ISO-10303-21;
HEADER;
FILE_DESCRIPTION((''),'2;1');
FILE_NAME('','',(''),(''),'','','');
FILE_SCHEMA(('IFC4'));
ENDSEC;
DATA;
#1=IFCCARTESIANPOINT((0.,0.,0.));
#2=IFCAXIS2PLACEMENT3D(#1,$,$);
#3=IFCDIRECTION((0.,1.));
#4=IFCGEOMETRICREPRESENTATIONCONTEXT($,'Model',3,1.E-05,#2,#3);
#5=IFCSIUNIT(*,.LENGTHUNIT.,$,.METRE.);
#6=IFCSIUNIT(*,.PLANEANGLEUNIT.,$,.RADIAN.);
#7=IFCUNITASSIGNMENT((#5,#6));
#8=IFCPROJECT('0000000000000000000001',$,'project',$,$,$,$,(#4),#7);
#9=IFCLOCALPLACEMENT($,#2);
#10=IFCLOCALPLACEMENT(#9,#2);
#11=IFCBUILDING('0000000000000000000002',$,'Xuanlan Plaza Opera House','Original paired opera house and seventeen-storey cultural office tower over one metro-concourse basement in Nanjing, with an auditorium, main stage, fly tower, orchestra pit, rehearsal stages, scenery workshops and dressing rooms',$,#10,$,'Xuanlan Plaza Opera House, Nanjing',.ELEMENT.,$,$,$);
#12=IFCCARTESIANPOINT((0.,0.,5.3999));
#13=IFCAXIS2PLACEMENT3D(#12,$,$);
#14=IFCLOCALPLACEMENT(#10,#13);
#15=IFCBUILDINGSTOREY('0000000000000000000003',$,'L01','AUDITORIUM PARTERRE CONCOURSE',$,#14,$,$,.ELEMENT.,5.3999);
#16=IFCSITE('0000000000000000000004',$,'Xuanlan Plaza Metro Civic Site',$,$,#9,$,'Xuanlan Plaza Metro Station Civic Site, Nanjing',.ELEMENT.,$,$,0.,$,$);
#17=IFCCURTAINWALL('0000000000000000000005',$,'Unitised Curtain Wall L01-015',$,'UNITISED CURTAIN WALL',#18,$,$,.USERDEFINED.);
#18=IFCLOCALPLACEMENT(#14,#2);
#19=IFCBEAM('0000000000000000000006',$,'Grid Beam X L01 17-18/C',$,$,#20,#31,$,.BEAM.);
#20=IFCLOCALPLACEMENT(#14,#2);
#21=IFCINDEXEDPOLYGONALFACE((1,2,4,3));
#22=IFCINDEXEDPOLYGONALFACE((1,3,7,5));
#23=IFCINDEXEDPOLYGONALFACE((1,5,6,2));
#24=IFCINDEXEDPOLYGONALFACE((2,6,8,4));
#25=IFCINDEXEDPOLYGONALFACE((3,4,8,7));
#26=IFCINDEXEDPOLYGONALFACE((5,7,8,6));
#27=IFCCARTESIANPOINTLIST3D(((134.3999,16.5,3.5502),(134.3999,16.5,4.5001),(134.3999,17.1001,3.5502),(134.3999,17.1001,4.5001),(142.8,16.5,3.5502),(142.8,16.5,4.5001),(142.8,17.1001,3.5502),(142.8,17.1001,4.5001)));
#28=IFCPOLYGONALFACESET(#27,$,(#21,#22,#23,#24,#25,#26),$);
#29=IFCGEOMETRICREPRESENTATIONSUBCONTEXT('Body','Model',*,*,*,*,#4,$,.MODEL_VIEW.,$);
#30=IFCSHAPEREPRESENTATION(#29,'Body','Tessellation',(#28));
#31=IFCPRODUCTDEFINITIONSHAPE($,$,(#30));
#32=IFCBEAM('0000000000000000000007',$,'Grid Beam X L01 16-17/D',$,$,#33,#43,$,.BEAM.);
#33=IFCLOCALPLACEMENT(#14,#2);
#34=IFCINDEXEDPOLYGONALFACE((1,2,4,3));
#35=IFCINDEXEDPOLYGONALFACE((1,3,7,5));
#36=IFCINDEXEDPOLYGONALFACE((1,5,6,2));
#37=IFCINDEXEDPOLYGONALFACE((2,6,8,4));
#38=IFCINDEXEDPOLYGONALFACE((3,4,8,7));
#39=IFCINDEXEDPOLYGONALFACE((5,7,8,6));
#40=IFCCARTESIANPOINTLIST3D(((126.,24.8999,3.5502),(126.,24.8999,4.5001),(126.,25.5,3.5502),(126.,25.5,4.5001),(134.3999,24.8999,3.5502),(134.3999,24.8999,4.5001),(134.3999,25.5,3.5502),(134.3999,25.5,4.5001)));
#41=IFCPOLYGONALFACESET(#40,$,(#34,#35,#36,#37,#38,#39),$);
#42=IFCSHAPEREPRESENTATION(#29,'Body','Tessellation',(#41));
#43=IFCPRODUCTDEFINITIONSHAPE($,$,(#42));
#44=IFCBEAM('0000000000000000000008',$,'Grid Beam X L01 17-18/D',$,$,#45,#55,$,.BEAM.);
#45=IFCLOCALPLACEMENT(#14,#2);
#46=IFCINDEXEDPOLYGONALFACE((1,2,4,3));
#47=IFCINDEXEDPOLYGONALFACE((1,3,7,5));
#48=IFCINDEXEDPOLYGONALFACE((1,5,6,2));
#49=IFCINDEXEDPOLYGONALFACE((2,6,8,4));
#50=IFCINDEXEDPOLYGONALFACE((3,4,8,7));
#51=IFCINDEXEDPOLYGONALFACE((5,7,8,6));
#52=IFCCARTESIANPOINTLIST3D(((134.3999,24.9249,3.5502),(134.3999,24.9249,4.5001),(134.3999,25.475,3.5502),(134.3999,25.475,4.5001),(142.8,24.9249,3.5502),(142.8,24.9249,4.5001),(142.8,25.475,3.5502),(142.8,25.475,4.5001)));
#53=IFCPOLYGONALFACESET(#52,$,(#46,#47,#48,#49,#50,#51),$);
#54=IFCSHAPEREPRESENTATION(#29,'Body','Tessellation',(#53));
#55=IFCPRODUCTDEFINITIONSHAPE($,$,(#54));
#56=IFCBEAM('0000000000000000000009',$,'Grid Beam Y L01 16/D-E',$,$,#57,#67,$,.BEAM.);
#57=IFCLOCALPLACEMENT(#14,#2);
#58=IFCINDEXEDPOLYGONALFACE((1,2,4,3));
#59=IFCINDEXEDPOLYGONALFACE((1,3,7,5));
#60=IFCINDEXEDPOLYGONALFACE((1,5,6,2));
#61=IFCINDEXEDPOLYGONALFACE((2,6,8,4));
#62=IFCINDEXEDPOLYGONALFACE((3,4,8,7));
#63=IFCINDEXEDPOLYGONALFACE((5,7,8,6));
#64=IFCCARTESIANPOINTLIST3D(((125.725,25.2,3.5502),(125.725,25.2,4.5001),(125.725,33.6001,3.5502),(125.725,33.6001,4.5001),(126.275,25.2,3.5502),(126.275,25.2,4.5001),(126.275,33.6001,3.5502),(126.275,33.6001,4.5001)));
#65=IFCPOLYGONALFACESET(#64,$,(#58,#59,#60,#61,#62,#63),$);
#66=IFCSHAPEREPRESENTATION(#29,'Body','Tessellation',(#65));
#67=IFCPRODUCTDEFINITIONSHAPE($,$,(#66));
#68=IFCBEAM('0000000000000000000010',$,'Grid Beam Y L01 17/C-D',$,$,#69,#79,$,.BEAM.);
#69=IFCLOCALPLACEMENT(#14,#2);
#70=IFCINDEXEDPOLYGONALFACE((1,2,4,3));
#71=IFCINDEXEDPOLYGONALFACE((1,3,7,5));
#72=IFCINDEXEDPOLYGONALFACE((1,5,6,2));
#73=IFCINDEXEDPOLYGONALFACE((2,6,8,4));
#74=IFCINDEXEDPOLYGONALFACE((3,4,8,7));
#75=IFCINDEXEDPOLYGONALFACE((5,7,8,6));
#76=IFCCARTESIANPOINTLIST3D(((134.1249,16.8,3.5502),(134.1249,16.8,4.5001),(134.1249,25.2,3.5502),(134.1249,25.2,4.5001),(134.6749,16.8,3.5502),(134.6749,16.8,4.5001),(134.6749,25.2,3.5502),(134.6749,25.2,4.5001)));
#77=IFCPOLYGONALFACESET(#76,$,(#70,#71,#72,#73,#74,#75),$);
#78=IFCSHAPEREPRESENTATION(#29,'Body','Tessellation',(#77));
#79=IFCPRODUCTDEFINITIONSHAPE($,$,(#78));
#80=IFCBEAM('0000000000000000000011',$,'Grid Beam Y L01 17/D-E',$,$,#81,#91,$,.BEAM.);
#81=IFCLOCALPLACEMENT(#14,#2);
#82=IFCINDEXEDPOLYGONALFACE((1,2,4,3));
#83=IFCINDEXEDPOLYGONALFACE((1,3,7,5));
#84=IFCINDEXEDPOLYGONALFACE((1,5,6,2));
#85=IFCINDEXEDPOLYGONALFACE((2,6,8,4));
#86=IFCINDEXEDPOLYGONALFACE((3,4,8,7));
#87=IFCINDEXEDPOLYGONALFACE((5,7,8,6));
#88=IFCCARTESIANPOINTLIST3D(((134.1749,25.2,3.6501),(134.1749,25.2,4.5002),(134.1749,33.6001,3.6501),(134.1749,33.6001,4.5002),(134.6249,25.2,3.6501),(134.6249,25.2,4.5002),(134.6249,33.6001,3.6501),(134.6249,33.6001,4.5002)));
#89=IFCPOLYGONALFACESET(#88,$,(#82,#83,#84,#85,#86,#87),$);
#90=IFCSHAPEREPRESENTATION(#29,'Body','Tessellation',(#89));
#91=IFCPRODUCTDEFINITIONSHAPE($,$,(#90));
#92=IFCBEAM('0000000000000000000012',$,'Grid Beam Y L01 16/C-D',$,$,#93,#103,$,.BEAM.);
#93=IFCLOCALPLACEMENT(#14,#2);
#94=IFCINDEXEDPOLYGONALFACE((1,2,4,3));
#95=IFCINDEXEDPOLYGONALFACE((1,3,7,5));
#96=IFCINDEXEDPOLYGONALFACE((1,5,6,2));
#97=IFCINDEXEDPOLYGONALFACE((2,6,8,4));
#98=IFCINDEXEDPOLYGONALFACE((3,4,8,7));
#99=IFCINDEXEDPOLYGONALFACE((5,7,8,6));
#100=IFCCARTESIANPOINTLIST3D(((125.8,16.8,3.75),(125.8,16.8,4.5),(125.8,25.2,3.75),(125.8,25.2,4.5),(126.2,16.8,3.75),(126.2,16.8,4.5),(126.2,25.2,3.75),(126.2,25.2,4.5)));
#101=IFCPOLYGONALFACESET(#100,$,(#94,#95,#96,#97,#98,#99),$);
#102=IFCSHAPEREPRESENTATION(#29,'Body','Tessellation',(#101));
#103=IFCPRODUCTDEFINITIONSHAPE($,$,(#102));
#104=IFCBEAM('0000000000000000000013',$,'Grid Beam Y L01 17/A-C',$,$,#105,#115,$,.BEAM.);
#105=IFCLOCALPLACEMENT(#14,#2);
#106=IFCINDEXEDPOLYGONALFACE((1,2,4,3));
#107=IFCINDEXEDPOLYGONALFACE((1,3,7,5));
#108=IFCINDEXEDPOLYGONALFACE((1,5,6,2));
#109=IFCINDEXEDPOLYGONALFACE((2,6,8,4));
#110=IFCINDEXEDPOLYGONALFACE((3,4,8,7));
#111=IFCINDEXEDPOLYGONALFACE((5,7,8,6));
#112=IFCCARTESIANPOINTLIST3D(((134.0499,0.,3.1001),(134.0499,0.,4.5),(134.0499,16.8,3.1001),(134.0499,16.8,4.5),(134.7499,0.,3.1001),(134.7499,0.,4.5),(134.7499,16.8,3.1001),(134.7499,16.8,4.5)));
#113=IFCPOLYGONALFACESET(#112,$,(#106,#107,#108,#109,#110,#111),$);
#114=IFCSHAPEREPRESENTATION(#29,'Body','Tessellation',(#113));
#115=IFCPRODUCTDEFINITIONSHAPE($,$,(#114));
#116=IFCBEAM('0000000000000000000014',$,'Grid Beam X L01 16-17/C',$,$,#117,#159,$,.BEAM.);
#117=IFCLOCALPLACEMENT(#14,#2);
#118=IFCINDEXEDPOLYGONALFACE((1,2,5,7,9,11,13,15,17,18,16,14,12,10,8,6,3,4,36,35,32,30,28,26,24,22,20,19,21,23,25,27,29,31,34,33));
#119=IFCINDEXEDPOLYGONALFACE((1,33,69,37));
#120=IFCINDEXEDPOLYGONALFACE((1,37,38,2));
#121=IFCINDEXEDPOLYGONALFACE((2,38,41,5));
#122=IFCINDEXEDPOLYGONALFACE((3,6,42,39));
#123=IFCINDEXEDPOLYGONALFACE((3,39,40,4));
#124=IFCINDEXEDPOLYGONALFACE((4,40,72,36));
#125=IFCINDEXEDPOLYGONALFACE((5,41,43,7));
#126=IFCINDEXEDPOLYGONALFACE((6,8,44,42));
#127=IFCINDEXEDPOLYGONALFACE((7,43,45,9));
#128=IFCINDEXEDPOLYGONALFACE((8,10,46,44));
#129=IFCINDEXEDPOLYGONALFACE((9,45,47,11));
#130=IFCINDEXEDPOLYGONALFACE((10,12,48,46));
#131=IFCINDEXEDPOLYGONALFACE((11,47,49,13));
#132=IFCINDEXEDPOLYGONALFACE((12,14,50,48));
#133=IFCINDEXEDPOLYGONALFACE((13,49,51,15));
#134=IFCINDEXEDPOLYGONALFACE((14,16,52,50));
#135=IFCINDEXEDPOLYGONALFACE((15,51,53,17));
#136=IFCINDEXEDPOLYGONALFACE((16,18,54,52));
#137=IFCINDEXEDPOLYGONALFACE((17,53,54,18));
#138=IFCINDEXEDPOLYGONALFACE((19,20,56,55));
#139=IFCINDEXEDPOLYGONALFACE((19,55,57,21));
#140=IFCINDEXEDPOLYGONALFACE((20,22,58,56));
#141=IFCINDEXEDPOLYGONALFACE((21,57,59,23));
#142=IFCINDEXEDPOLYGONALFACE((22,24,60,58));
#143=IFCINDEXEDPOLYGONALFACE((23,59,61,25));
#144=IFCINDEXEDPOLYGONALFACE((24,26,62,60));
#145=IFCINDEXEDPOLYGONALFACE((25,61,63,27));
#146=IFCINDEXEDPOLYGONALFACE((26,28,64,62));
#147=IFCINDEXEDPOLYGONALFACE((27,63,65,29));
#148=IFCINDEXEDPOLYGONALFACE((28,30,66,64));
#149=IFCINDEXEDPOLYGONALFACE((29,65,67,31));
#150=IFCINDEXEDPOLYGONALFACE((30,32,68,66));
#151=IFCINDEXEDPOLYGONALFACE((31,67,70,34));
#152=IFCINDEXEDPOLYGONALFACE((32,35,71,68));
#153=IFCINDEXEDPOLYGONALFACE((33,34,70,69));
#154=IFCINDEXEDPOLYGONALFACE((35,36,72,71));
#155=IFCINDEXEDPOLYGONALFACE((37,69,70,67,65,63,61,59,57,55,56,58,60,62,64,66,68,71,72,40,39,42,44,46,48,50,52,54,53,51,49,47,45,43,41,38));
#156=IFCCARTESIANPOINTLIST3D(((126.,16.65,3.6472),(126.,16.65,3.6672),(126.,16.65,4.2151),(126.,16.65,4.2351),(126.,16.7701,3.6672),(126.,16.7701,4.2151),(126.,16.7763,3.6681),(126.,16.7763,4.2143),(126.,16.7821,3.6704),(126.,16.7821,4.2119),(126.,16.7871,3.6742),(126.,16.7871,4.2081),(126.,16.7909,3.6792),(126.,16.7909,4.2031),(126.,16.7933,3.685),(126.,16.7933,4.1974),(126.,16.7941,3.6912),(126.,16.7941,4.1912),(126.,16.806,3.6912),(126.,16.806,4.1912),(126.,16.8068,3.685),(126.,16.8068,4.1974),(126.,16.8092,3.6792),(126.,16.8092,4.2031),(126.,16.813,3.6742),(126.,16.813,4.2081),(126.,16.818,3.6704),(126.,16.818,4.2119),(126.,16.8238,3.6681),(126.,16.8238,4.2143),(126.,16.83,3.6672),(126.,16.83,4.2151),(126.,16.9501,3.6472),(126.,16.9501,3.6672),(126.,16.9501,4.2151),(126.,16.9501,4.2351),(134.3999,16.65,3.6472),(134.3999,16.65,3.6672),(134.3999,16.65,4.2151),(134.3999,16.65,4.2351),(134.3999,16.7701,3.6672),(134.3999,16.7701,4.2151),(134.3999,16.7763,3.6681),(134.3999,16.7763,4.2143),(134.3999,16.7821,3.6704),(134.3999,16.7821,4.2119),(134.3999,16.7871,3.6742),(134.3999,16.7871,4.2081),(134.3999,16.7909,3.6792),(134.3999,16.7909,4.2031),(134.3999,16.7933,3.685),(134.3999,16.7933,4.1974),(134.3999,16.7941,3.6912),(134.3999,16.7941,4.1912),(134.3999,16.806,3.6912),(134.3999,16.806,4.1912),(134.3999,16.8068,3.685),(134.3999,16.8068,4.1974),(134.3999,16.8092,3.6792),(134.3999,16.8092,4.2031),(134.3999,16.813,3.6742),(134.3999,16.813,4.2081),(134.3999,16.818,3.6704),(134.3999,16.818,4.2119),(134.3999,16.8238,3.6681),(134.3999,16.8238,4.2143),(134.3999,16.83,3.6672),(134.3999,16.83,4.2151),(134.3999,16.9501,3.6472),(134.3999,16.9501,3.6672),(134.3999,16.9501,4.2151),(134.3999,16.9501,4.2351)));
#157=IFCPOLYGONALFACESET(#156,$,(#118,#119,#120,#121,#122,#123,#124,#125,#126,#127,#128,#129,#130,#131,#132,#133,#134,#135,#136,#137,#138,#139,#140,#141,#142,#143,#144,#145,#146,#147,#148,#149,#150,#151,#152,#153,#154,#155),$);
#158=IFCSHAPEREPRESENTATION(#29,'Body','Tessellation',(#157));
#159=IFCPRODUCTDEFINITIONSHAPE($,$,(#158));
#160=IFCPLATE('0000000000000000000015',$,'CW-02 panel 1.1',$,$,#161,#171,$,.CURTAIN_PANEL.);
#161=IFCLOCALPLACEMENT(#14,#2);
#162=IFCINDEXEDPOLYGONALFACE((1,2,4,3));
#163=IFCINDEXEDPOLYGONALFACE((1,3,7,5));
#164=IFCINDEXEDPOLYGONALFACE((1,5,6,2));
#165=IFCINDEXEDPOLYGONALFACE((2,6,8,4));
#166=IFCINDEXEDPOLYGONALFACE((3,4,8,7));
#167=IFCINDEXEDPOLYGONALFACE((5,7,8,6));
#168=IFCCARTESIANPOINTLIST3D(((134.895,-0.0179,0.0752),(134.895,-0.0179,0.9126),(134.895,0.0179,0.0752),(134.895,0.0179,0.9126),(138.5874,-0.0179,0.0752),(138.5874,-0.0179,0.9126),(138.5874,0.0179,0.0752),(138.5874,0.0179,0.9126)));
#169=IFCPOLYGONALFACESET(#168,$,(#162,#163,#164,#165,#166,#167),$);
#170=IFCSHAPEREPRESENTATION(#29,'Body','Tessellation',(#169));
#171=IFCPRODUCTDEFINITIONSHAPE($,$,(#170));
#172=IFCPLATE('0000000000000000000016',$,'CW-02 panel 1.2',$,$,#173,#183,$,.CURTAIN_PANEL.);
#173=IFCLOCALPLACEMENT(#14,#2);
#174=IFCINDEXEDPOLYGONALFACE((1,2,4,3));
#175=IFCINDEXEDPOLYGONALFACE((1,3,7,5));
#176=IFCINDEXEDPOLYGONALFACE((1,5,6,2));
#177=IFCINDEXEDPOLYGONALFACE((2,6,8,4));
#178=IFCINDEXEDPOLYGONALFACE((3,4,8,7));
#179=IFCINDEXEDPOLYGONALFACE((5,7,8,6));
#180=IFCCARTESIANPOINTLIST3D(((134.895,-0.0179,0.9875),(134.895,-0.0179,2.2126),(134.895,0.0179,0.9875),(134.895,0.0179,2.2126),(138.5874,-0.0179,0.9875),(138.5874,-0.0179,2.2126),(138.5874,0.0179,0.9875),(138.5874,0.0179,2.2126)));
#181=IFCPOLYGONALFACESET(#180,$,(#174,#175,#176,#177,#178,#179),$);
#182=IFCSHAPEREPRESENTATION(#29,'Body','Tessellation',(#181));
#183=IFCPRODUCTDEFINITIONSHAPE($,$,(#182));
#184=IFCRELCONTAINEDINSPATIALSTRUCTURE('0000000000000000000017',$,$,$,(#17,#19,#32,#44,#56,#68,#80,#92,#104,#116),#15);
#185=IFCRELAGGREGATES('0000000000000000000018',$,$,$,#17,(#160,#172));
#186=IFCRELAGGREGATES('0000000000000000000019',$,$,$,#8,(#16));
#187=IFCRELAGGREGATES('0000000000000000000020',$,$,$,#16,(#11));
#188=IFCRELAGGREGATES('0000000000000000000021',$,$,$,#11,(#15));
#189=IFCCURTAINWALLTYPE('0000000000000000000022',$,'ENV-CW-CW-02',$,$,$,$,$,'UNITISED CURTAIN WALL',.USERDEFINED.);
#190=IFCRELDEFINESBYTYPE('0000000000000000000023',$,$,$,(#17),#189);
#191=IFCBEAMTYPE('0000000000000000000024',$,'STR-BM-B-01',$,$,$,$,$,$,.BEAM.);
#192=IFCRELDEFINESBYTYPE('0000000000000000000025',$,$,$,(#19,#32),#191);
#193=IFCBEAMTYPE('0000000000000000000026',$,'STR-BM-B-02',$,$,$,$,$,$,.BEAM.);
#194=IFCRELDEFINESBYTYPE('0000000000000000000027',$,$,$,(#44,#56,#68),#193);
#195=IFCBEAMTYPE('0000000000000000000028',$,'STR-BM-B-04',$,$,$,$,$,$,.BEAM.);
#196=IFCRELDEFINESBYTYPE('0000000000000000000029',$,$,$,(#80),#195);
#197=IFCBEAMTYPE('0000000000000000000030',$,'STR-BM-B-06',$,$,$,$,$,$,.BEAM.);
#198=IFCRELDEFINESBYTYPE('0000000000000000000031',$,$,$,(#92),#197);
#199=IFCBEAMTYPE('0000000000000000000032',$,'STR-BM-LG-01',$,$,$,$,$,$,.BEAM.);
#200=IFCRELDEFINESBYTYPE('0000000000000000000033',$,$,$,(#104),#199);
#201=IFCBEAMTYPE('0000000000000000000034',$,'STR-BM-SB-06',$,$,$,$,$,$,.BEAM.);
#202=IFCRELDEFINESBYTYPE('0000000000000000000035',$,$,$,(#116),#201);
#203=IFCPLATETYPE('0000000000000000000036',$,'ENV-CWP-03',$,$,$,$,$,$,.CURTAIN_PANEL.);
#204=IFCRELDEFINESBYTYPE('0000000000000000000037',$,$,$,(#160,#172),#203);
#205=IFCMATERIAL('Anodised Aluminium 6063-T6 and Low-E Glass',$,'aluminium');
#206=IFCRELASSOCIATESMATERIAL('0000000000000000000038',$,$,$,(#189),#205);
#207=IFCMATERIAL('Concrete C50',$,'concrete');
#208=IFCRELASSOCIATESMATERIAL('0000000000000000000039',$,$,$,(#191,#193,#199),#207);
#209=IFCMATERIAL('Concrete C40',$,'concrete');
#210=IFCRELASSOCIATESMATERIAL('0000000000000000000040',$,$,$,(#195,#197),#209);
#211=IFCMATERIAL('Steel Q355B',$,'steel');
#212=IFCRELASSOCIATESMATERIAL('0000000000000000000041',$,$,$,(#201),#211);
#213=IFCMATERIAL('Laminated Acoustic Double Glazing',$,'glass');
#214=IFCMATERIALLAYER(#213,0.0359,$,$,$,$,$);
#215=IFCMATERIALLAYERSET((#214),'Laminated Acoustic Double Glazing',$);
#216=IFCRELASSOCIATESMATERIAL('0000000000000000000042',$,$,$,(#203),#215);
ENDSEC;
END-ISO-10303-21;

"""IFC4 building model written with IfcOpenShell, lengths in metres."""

from ifc_helpers import new_model, si_unit, direction, frame, origin, origin_2d, place, context, subcontext, project, spatial, rectangle, i_section, extrude, material, layer, layer_set, material_profile, profile_set, type_object, element, aggregate, save


model = new_model("IFC4")

# Units and contexts
model_context = context("Model", 3, precision=1e-05, world=origin(), true_north=direction((0.0, 1.0)))
body_context = subcontext(model_context, "Body", "Model", "MODEL_VIEW")
ifc_project = project(units=[si_unit("LENGTHUNIT", "METRE"), si_unit("PLANEANGLEUNIT", "RADIAN")], contexts=[model_context])

# Site, building, storey
site_placement = place(None, origin())
site = spatial("IfcSite", under=ifc_project, at=site_placement, Name="Xuanlan Plaza Metro Civic Site", LongName="Xuanlan Plaza Metro Station Civic Site, Nanjing", CompositionType="ELEMENT", RefElevation=0.0)
building_placement = place(site_placement, origin())
building = spatial("IfcBuilding", under=site, at=building_placement, Name="Xuanlan Plaza Opera House", Description="Original paired opera house and seventeen-storey cultural office tower over one metro-concourse basement in Nanjing, with an auditorium, main stage, fly tower, orchestra pit, rehearsal stages, scenery workshops and dressing rooms", LongName="Xuanlan Plaza Opera House, Nanjing", CompositionType="ELEMENT")
storey_placement = place(building_placement, frame((0.0, 0.0, 5.3999)))
storey = spatial("IfcBuildingStorey", under=building, at=storey_placement, Name="L01", Description="AUDITORIUM PARTERRE CONCOURSE", CompositionType="ELEMENT", Elevation=5.3999)

# Shared definitions
ifc_material_1 = material(Name="Concrete C40", Category="concrete")

# Curtain wall
ifc_material_2 = material(Name="Anodised Aluminium 6063-T6 and Low-E Glass", Category="aluminium")
curtain_wall_type = type_object("IfcCurtainWallType", Name="ENV-CW-CW-02", ElementType="UNITISED CURTAIN WALL", PredefinedType="USERDEFINED", material=ifc_material_2)
curtain_wall_placement = place(storey_placement, origin())
curtain_wall = element("IfcCurtainWall", 1, at=curtain_wall_placement, inside=storey, type_object=curtain_wall_type, Name="Unitised Curtain Wall L01-015", ObjectType="UNITISED CURTAIN WALL", PredefinedType="USERDEFINED")

# Beams
ifc_material_3 = material(Name="Concrete C50", Category="concrete")
ifc_material_profile_1 = material_profile(ifc_material_3, rectangle(XDim=0.6001, YDim=0.95, at=origin_2d()), Name="RC-BM 600x950")
ifc_profile_set_1 = profile_set([ifc_material_profile_1], Name="Concrete C50")
beam_type_1 = type_object("IfcBeamType", Name="STR-BM-B-01", PredefinedType="BEAM", material=ifc_profile_set_1)
beam_1_placement = place(storey_placement, frame((134.3999, 16.8, 4.0251), z_axis=(1.0, 0.0, 0.0), x_axis=(0.0, 1.0, 0.0)))
element("IfcBeam", 2, at=beam_1_placement, inside=storey, type_object=beam_type_1, Name="Grid Beam X L01 17-18/C", PredefinedType="BEAM", context=body_context, shape_type="SweptSolid", body=[
    extrude(rectangle(XDim=0.6001, YDim=0.95, at=origin_2d()), origin(), (0.0, 0.0, 1.0), 8.4001),
])
beam_2_placement = place(storey_placement, frame((126.0, 25.2, 4.0251), z_axis=(1.0, 0.0, 0.0), x_axis=(0.0, 1.0, 0.0)))
element("IfcBeam", 3, at=beam_2_placement, inside=storey, type_object=beam_type_1, Name="Grid Beam X L01 16-17/D", PredefinedType="BEAM", context=body_context, shape_type="SweptSolid", body=[
    extrude(rectangle(XDim=0.6001, YDim=0.95, at=origin_2d()), origin(), (0.0, 0.0, 1.0), 8.3999),
])
ifc_material_profile_2 = material_profile(ifc_material_3, rectangle(XDim=0.55, YDim=0.95, at=origin_2d()), Name="RC-BM 550x950")
ifc_profile_set_2 = profile_set([ifc_material_profile_2], Name="Concrete C50")
beam_type_2 = type_object("IfcBeamType", Name="STR-BM-B-02", PredefinedType="BEAM", material=ifc_profile_set_2)
for number, where, z_axis, x_axis, name in (
    (4, (134.3999, 25.2, 4.0251), (1.0, 0.0, 0.0), (0.0, 1.0, 0.0), "Grid Beam X L01 17-18/D"),
    (5, (126.0, 25.2, 4.0251), (0.0, 1.0, 0.0), (-1.0, 0.0, 0.0), "Grid Beam Y L01 16/D-E"),
):
    element("IfcBeam", number, at=place(storey_placement, frame(where, z_axis=z_axis, x_axis=x_axis)), inside=storey, type_object=beam_type_2, Name=name, PredefinedType="BEAM", context=body_context, shape_type="SweptSolid", body=[
        extrude(rectangle(XDim=0.55, YDim=0.95, at=origin_2d()), origin(), (0.0, 0.0, 1.0), 8.4001),
    ])
beam_3_placement = place(storey_placement, frame((134.3999, 16.8, 4.0251), z_axis=(0.0, 1.0, 0.0), x_axis=(-1.0, 0.0, 0.0)))
element("IfcBeam", 6, at=beam_3_placement, inside=storey, type_object=beam_type_2, Name="Grid Beam Y L01 17/C-D", PredefinedType="BEAM", context=body_context, shape_type="SweptSolid", body=[
    extrude(rectangle(XDim=0.55, YDim=0.95, at=origin_2d()), origin(), (0.0, 0.0, 1.0), 8.3999),
])
ifc_material_profile_3 = material_profile(ifc_material_1, rectangle(XDim=0.45, YDim=0.8501, at=origin_2d()), Name="RC-BM 450x850")
ifc_profile_set_3 = profile_set([ifc_material_profile_3], Name="Concrete C40")
beam_type_3 = type_object("IfcBeamType", Name="STR-BM-B-04", PredefinedType="BEAM", material=ifc_profile_set_3)
beam_4_placement = place(storey_placement, frame((134.3999, 25.2, 4.0752), z_axis=(0.0, 1.0, 0.0), x_axis=(-1.0, 0.0, 0.0)))
element("IfcBeam", 7, at=beam_4_placement, inside=storey, type_object=beam_type_3, Name="Grid Beam Y L01 17/D-E", PredefinedType="BEAM", context=body_context, shape_type="SweptSolid", body=[
    extrude(rectangle(XDim=0.45, YDim=0.8501, at=origin_2d()), origin(), (0.0, 0.0, 1.0), 8.4001),
])
ifc_material_profile_4 = material_profile(ifc_material_1, rectangle(XDim=0.3999, YDim=0.75, at=origin_2d()), Name="RC-BM 400x750")
ifc_profile_set_4 = profile_set([ifc_material_profile_4], Name="Concrete C40")
beam_type_4 = type_object("IfcBeamType", Name="STR-BM-B-06", PredefinedType="BEAM", material=ifc_profile_set_4)
beam_5_placement = place(storey_placement, frame((126.0, 16.8, 4.125), z_axis=(0.0, 1.0, 0.0), x_axis=(-1.0, 0.0, 0.0)))
element("IfcBeam", 8, at=beam_5_placement, inside=storey, type_object=beam_type_4, Name="Grid Beam Y L01 16/C-D", PredefinedType="BEAM", context=body_context, shape_type="SweptSolid", body=[
    extrude(rectangle(XDim=0.3999, YDim=0.75, at=origin_2d()), origin(), (0.0, 0.0, 1.0), 8.3999),
])
ifc_material_profile_5 = material_profile(ifc_material_3, rectangle(XDim=0.7, YDim=1.3999, at=origin_2d()), Name="RC-LG 700x1400")
ifc_profile_set_5 = profile_set([ifc_material_profile_5], Name="Concrete C50")
beam_type_5 = type_object("IfcBeamType", Name="STR-BM-LG-01", PredefinedType="BEAM", material=ifc_profile_set_5)
beam_6_placement = place(storey_placement, frame((134.3999, 0.0, 3.8), z_axis=(0.0, 1.0, 0.0), x_axis=(-1.0, 0.0, 0.0)))
element("IfcBeam", 9, at=beam_6_placement, inside=storey, type_object=beam_type_5, Name="Grid Beam Y L01 17/A-C", PredefinedType="BEAM", context=body_context, shape_type="SweptSolid", body=[
    extrude(rectangle(XDim=0.7, YDim=1.3999, at=origin_2d()), origin(), (0.0, 0.0, 1.0), 16.8),
])
ifc_material_4 = material(Name="Steel Q355B", Category="steel")
ifc_material_profile_6 = material_profile(ifc_material_4, i_section(OverallWidth=0.3, OverallDepth=0.5879, WebThickness=0.012, FlangeThickness=0.02, FilletRadius=0.0239, at=origin_2d()), Name="HM 588x300x12x20")
ifc_profile_set_6 = profile_set([ifc_material_profile_6], Name="Steel Q355B")
beam_type_6 = type_object("IfcBeamType", Name="STR-BM-SB-06", PredefinedType="BEAM", material=ifc_profile_set_6)
beam_7_placement = place(storey_placement, frame((126.0, 16.8, 3.9412), z_axis=(1.0, 0.0, 0.0), x_axis=(0.0, 1.0, 0.0)))
element("IfcBeam", 10, at=beam_7_placement, inside=storey, type_object=beam_type_6, Name="Grid Beam X L01 16-17/C", PredefinedType="BEAM", context=body_context, shape_type="SweptSolid", body=[
    extrude(i_section(OverallWidth=0.3, OverallDepth=0.5879, WebThickness=0.012, FlangeThickness=0.02, FilletRadius=0.0239, at=origin_2d()), origin(), (0.0, 0.0, 1.0), 8.3999),
])

# Plates
ifc_material_5 = material(Name="Laminated Acoustic Double Glazing", Category="glass")
ifc_layer_1 = layer(ifc_material_5, 0.0359)
ifc_layer_set_1 = layer_set([ifc_layer_1], Name="Laminated Acoustic Double Glazing")
plate_type = type_object("IfcPlateType", Name="ENV-CWP-03", PredefinedType="CURTAIN_PANEL", material=ifc_layer_set_1)
plate_1_placement = place(storey_placement, frame((136.7412, 0.0, 0.0752), z_axis=(0.0, 0.0, 1.0), x_axis=(1.0, 0.0, 0.0)))
plate_1 = element("IfcPlate", 11, at=plate_1_placement, type_object=plate_type, Name="CW-02 panel 1.1", PredefinedType="CURTAIN_PANEL", context=body_context, shape_type="SweptSolid", body=[
    extrude(rectangle(XDim=3.6924, YDim=0.0359, at=origin_2d()), origin(), (0.0, 0.0, 1.0), 0.8374),
])
plate_2_placement = place(storey_placement, frame((136.7412, 0.0, 0.9875), z_axis=(0.0, 0.0, 1.0), x_axis=(1.0, 0.0, 0.0)))
plate_2 = element("IfcPlate", 12, at=plate_2_placement, type_object=plate_type, Name="CW-02 panel 1.2", PredefinedType="CURTAIN_PANEL", context=body_context, shape_type="SweptSolid", body=[
    extrude(rectangle(XDim=3.6924, YDim=0.0359, at=origin_2d()), origin(), (0.0, 0.0, 1.0), 1.2251),
])
aggregate(curtain_wall, [plate_1, plate_2])

save(model, "model.ifc")
